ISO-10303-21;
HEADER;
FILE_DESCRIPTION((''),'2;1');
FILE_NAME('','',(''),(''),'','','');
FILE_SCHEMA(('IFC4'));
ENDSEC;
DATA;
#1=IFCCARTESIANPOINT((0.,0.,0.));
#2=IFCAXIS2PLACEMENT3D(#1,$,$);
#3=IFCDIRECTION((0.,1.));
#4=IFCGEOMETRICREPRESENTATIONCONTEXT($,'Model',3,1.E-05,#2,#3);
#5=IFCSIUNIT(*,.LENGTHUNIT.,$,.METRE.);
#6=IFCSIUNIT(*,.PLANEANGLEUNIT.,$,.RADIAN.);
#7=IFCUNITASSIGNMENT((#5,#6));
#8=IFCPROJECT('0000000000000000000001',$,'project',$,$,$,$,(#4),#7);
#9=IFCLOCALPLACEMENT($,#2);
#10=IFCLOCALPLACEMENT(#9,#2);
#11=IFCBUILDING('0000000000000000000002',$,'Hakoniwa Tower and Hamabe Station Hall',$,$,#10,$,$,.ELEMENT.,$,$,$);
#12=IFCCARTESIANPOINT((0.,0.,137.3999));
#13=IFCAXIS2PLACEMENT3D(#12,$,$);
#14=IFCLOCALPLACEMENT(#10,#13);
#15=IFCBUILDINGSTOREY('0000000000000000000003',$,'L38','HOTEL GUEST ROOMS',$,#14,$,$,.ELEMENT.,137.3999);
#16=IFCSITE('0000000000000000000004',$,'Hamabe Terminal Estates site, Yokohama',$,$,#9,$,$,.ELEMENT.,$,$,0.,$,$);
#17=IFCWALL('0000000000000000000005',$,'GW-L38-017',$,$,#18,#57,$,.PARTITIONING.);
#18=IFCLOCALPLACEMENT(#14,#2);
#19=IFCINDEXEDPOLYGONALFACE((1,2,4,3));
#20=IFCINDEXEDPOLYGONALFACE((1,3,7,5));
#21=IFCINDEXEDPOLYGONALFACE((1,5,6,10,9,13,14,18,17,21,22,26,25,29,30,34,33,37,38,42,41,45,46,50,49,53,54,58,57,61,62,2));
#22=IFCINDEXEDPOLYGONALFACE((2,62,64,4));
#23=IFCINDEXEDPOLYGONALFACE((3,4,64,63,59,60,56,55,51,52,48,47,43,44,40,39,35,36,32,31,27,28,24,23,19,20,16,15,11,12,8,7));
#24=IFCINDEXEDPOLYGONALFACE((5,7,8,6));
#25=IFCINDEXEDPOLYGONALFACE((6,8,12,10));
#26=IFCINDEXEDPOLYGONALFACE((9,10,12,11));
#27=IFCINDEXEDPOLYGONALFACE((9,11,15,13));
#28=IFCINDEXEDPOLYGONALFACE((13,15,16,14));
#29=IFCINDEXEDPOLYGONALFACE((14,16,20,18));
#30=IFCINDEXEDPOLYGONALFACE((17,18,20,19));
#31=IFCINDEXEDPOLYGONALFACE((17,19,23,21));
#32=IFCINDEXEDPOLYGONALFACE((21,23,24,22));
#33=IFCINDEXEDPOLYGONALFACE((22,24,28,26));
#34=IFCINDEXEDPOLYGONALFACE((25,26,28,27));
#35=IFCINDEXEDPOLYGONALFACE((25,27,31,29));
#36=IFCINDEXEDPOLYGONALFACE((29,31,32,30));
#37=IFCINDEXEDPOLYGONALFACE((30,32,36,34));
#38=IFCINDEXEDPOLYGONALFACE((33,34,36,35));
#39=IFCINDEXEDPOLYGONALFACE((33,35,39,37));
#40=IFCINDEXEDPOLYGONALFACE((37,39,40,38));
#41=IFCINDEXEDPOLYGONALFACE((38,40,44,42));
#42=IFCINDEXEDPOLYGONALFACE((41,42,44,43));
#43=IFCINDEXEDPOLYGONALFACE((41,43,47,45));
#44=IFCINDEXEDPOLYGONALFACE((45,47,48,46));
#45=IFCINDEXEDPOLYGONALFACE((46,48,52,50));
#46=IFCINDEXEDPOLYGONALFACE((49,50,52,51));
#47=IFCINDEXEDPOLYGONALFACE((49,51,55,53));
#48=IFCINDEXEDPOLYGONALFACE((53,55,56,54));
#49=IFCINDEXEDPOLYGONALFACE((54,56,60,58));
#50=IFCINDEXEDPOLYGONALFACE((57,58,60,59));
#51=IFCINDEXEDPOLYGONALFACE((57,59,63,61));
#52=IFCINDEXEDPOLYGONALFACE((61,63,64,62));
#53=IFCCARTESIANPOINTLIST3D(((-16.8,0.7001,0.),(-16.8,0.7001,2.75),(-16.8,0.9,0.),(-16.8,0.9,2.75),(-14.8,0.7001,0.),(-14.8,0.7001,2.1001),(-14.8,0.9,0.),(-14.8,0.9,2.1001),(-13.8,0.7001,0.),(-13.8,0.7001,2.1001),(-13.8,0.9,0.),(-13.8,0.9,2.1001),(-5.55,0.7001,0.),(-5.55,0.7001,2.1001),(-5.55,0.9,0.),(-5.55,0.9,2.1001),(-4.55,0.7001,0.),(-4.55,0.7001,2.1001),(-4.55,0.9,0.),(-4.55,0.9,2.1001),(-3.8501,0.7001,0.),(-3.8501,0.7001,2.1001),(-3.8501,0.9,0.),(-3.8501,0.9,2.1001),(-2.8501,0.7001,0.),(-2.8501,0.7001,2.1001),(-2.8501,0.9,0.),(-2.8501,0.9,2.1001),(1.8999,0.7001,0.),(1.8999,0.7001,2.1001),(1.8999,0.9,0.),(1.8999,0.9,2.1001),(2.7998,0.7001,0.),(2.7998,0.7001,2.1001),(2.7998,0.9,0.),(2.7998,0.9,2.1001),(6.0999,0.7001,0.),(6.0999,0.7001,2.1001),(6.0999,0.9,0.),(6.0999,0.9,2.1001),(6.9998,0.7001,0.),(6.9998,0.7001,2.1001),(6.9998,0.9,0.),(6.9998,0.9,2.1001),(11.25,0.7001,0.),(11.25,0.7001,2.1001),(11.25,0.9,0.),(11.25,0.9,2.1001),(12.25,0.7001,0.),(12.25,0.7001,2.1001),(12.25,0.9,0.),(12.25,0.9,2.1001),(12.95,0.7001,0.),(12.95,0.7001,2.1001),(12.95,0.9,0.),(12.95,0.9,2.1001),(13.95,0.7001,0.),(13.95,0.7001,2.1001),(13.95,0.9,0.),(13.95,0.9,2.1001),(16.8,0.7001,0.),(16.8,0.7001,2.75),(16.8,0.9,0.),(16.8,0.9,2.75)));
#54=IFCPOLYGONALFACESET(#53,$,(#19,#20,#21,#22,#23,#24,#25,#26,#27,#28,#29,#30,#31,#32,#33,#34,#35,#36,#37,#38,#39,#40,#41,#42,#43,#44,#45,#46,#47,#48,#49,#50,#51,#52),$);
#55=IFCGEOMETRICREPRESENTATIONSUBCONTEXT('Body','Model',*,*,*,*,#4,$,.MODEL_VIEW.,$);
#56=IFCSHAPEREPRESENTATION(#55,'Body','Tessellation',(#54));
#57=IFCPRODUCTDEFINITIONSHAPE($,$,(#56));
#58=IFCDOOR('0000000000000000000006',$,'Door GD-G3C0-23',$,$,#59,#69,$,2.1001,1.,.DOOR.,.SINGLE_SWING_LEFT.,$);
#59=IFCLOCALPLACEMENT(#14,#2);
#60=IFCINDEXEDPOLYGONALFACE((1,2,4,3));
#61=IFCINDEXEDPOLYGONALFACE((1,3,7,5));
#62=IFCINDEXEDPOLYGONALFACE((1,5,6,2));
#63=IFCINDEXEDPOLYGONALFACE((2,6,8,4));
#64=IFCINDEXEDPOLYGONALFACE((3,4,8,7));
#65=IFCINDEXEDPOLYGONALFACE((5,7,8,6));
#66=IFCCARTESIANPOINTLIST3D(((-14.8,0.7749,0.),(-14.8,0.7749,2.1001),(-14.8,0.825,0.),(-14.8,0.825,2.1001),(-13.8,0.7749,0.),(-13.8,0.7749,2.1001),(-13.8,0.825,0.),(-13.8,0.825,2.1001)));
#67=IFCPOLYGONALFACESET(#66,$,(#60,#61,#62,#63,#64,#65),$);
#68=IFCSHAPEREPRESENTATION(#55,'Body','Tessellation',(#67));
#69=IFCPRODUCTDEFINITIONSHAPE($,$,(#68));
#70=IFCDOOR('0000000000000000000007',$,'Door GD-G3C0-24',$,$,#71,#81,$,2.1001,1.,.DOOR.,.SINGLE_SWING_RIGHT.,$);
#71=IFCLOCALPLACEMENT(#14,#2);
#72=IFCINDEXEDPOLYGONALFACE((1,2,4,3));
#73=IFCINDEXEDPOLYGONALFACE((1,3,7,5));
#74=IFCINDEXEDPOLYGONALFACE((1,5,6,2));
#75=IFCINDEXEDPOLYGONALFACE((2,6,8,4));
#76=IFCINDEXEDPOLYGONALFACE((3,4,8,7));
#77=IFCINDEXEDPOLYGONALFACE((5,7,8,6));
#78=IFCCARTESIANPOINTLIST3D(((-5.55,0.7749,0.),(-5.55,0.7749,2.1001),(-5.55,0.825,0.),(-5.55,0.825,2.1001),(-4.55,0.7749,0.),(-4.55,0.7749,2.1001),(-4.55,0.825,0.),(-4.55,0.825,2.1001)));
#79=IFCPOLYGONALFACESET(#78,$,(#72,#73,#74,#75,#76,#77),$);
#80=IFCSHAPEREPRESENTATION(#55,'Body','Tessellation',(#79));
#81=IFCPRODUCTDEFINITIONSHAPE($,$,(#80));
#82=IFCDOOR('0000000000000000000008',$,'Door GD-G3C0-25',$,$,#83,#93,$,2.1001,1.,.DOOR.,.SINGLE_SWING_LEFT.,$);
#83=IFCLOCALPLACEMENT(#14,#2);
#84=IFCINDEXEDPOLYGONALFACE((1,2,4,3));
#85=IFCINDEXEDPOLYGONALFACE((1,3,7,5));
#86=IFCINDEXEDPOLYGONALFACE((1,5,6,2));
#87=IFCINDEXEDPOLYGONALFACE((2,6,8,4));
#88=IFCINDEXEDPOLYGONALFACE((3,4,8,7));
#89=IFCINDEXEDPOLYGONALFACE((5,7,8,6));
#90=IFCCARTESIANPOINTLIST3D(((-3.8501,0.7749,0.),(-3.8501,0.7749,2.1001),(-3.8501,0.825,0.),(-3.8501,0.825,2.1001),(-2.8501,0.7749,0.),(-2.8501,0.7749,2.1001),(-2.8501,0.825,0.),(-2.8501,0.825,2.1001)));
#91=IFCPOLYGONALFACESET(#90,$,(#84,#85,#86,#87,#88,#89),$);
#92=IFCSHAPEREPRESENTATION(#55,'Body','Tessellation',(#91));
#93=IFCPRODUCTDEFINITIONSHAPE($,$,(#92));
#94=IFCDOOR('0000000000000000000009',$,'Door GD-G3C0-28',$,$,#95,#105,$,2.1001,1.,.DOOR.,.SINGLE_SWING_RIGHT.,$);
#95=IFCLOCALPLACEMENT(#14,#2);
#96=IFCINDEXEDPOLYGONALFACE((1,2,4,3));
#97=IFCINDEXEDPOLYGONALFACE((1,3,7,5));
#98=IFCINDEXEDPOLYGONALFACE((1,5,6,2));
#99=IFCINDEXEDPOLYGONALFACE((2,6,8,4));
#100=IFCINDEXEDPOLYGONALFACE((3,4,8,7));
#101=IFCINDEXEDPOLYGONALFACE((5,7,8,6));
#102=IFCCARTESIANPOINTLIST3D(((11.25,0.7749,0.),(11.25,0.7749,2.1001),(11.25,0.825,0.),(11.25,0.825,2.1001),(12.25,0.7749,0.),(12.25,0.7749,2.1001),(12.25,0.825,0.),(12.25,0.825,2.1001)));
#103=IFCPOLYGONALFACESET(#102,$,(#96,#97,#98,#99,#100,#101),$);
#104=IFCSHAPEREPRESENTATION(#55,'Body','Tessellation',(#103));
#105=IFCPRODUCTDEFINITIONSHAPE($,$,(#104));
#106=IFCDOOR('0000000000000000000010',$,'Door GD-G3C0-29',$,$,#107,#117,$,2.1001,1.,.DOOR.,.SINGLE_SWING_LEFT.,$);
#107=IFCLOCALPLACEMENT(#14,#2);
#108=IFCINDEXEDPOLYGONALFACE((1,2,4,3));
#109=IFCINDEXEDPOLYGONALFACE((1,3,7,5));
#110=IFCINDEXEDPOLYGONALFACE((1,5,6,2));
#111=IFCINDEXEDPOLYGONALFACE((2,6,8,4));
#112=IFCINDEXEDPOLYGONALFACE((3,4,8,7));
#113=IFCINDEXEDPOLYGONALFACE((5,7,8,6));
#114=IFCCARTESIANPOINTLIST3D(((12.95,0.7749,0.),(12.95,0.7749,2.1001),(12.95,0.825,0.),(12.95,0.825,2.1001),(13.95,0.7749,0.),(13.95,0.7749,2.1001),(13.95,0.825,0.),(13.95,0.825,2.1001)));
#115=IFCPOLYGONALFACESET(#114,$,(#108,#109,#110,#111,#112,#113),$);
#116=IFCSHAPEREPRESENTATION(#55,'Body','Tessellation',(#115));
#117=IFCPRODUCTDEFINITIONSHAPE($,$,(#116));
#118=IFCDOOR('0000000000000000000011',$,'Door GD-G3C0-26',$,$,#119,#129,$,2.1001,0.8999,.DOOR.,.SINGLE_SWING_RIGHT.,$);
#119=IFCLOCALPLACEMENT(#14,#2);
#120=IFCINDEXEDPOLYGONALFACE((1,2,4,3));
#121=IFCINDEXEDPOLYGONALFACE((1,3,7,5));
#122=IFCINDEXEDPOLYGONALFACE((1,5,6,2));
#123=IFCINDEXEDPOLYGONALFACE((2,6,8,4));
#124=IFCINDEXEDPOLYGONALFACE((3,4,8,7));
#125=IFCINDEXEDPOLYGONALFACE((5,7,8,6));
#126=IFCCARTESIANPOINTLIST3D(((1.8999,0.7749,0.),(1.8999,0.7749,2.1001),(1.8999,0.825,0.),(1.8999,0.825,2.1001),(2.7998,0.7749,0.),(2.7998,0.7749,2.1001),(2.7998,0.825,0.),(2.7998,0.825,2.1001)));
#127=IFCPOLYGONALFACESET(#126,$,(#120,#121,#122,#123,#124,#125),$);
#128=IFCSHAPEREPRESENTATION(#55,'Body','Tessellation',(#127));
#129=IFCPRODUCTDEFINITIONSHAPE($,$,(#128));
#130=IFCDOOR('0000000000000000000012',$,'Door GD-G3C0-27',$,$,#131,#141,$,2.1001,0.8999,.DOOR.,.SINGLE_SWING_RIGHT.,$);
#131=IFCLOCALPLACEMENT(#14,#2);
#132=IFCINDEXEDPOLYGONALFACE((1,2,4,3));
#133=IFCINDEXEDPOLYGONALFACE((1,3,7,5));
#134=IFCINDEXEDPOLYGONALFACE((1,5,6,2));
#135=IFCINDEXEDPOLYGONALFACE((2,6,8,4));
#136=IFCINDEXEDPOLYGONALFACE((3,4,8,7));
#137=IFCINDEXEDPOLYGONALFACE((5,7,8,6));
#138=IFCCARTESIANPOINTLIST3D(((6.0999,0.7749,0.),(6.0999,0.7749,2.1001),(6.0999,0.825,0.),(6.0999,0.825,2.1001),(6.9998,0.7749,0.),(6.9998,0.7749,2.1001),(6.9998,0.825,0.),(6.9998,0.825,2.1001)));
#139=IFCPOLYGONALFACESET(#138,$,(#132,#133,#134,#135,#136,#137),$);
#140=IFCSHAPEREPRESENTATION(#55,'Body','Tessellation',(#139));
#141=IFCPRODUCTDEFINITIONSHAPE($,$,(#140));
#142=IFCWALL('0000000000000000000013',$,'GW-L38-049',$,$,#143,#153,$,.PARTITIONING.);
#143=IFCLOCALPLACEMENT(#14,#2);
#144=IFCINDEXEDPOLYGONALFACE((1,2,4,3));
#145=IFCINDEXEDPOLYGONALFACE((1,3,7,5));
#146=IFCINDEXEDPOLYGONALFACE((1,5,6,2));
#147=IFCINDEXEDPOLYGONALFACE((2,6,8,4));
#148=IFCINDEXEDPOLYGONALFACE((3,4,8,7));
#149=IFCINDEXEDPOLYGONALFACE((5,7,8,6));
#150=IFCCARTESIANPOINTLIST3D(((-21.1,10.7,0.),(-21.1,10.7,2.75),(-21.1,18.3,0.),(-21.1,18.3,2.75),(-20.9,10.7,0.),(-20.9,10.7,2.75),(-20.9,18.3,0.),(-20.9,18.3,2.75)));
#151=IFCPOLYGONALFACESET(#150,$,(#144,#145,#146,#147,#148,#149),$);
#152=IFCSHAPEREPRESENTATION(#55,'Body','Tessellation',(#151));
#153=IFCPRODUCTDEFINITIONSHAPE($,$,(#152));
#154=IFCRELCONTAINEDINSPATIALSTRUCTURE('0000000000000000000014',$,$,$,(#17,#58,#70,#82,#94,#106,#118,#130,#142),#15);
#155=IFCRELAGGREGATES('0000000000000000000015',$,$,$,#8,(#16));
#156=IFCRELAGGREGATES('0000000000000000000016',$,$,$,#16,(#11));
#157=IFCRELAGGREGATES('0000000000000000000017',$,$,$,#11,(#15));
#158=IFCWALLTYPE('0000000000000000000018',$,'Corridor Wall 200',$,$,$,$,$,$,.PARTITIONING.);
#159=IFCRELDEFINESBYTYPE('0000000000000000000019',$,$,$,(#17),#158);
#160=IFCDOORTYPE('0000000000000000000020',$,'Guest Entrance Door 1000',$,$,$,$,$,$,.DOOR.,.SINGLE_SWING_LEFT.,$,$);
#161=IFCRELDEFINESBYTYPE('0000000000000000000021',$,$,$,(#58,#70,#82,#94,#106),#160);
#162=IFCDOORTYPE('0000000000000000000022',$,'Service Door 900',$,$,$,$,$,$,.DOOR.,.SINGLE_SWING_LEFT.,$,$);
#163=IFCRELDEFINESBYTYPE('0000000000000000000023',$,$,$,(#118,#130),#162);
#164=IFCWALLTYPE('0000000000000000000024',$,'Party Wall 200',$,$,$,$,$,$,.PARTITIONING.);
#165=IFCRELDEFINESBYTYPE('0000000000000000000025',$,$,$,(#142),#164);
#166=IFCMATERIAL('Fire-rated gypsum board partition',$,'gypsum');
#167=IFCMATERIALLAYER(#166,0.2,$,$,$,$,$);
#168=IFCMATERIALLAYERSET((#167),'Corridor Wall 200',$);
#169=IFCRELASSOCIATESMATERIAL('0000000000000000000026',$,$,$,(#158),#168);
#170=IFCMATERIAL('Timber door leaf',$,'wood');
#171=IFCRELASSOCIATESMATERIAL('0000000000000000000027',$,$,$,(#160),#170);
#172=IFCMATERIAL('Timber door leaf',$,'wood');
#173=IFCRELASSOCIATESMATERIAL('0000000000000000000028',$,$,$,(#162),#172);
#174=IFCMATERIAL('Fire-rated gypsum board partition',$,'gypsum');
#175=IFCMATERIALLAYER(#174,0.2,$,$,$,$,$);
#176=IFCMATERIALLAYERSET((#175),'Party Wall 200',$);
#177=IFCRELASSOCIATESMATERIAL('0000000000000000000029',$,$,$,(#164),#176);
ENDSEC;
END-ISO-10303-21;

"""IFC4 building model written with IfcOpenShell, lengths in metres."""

from ifc_helpers import new_model, si_unit, direction, frame, frame_2d, origin, place, context, subcontext, project, spatial, rectangle, extrude, material, layer, layer_set, type_object, element, fill, save


model = new_model("IFC4")

# Units and contexts
model_context = context("Model", 3, precision=1e-05, world=origin(), true_north=direction((0.0, 1.0)))
body_context = subcontext(model_context, "Body", "Model", "MODEL_VIEW")
ifc_project = project(units=[si_unit("LENGTHUNIT", "METRE"), si_unit("PLANEANGLEUNIT", "RADIAN")], contexts=[model_context])

# Site, building, storey
site_placement = place(None, origin())
site = spatial("IfcSite", under=ifc_project, at=site_placement, Name="Hamabe Terminal Estates site, Yokohama", CompositionType="ELEMENT", RefElevation=0.0)
building_placement = place(site_placement, origin())
building = spatial("IfcBuilding", under=site, at=building_placement, Name="Hakoniwa Tower and Hamabe Station Hall", CompositionType="ELEMENT")
storey_placement = place(building_placement, frame((0.0, 0.0, 137.3999)))
storey = spatial("IfcBuildingStorey", under=building, at=storey_placement, Name="L38", Description="HOTEL GUEST ROOMS", CompositionType="ELEMENT", Elevation=137.3999)

# Wall, openings, doors
ifc_material_1 = material(Name="Fire-rated gypsum board partition", Category="gypsum")
ifc_layer_1 = layer(ifc_material_1, 0.2)
ifc_layer_set_1 = layer_set([ifc_layer_1], Name="Corridor Wall 200")
wall_type_1 = type_object("IfcWallType", Name="Corridor Wall 200", PredefinedType="PARTITIONING", material=ifc_layer_set_1)
wall_1_placement = place(storey_placement, frame((-16.8, 0.8, 0.0), z_axis=(0.0, 0.0, 1.0), x_axis=(1.0, 0.0, 0.0)))
wall_1 = element("IfcWall", 1, at=wall_1_placement, inside=storey, type_object=wall_type_1, Name="GW-L38-017", PredefinedType="PARTITIONING", context=body_context, shape_type="SweptSolid", body=[
    extrude(rectangle(XDim=33.6001, YDim=0.2, at=frame_2d((16.8, 0.0))), origin(), (0.0, 0.0, 1.0), 2.75),
])
opening_1_placement = place(wall_1_placement, frame((2.0, 0.0, 0.0)))
opening_1 = element("IfcOpeningElement", 2, at=opening_1_placement, cuts=wall_1, PredefinedType="OPENING", context=body_context, shape_type="SweptSolid", body=[
    extrude(rectangle(XDim=1.0, YDim=2.1001, at=frame_2d((0.5, 1.05))), frame((0.0, 0.1099, 0.0), z_axis=(0.0, -1.0, 0.0), x_axis=(1.0, 0.0, 0.0)), (0.0, 0.0, 1.0), 0.22),
])
opening_2_placement = place(wall_1_placement, frame((11.25, 0.0, 0.0)))
opening_2 = element("IfcOpeningElement", 3, at=opening_2_placement, cuts=wall_1, PredefinedType="OPENING", context=body_context, shape_type="SweptSolid", body=[
    extrude(rectangle(XDim=1.0, YDim=2.1001, at=frame_2d((0.5, 1.05))), frame((0.0, 0.1099, 0.0), z_axis=(0.0, -1.0, 0.0), x_axis=(1.0, 0.0, 0.0)), (0.0, 0.0, 1.0), 0.22),
])
opening_3_placement = place(wall_1_placement, frame((12.95, 0.0, 0.0)))
opening_3 = element("IfcOpeningElement", 4, at=opening_3_placement, cuts=wall_1, PredefinedType="OPENING", context=body_context, shape_type="SweptSolid", body=[
    extrude(rectangle(XDim=1.0, YDim=2.1001, at=frame_2d((0.5, 1.05))), frame((0.0, 0.1099, 0.0), z_axis=(0.0, -1.0, 0.0), x_axis=(1.0, 0.0, 0.0)), (0.0, 0.0, 1.0), 0.22),
])
opening_4_placement = place(wall_1_placement, frame((18.7, 0.0, 0.0)))
opening_4 = element("IfcOpeningElement", 5, at=opening_4_placement, cuts=wall_1, PredefinedType="OPENING", context=body_context, shape_type="SweptSolid", body=[
    extrude(rectangle(XDim=0.8999, YDim=2.1001, at=frame_2d((0.45, 1.05))), frame((0.0, 0.1099, 0.0), z_axis=(0.0, -1.0, 0.0), x_axis=(1.0, 0.0, 0.0)), (0.0, 0.0, 1.0), 0.22),
])
opening_5_placement = place(wall_1_placement, frame((22.8999, 0.0, 0.0)))
opening_5 = element("IfcOpeningElement", 6, at=opening_5_placement, cuts=wall_1, PredefinedType="OPENING", context=body_context, shape_type="SweptSolid", body=[
    extrude(rectangle(XDim=0.8999, YDim=2.1001, at=frame_2d((0.45, 1.05))), frame((0.0, 0.1099, 0.0), z_axis=(0.0, -1.0, 0.0), x_axis=(1.0, 0.0, 0.0)), (0.0, 0.0, 1.0), 0.22),
])
opening_6_placement = place(wall_1_placement, frame((28.05, 0.0, 0.0)))
opening_6 = element("IfcOpeningElement", 7, at=opening_6_placement, cuts=wall_1, PredefinedType="OPENING", context=body_context, shape_type="SweptSolid", body=[
    extrude(rectangle(XDim=1.0, YDim=2.1001, at=frame_2d((0.5, 1.05))), frame((0.0, 0.1099, 0.0), z_axis=(0.0, -1.0, 0.0), x_axis=(1.0, 0.0, 0.0)), (0.0, 0.0, 1.0), 0.22),
])
opening_7_placement = place(wall_1_placement, frame((29.75, 0.0, 0.0)))
opening_7 = element("IfcOpeningElement", 8, at=opening_7_placement, cuts=wall_1, PredefinedType="OPENING", context=body_context, shape_type="SweptSolid", body=[
    extrude(rectangle(XDim=1.0, YDim=2.1001, at=frame_2d((0.5, 1.05))), frame((0.0, 0.1099, 0.0), z_axis=(0.0, -1.0, 0.0), x_axis=(1.0, 0.0, 0.0)), (0.0, 0.0, 1.0), 0.22),
])
ifc_material_2 = material(Name="Timber door leaf", Category="wood")
door_type_1 = type_object("IfcDoorType", Name="Guest Entrance Door 1000", OperationType="SINGLE_SWING_LEFT", PredefinedType="DOOR", material=ifc_material_2)
door_1_placement = place(opening_1_placement, origin())
door_1 = element("IfcDoor", 9, at=door_1_placement, inside=storey, type_object=door_type_1, Name="Door GD-G3C0-23", OperationType="SINGLE_SWING_LEFT", OverallHeight=2.1001, OverallWidth=1.0, PredefinedType="DOOR", context=body_context, shape_type="SweptSolid", body=[
    extrude(rectangle(XDim=1.0, YDim=2.1001, at=frame_2d((0.5, 1.05))), frame((0.0, 0.0249, 0.0), z_axis=(0.0, -1.0, 0.0), x_axis=(1.0, 0.0, 0.0)), (0.0, 0.0, 1.0), 0.05),
])
fill(opening_1, door_1)
door_2_placement = place(opening_2_placement, origin())
door_2 = element("IfcDoor", 10, at=door_2_placement, inside=storey, type_object=door_type_1, Name="Door GD-G3C0-24", OperationType="SINGLE_SWING_RIGHT", OverallHeight=2.1001, OverallWidth=1.0, PredefinedType="DOOR", context=body_context, shape_type="SweptSolid", body=[
    extrude(rectangle(XDim=1.0, YDim=2.1001, at=frame_2d((0.5, 1.05))), frame((0.0, 0.0249, 0.0), z_axis=(0.0, -1.0, 0.0), x_axis=(1.0, 0.0, 0.0)), (0.0, 0.0, 1.0), 0.05),
])
fill(opening_2, door_2)
door_3_placement = place(opening_3_placement, origin())
door_3 = element("IfcDoor", 11, at=door_3_placement, inside=storey, type_object=door_type_1, Name="Door GD-G3C0-25", OperationType="SINGLE_SWING_LEFT", OverallHeight=2.1001, OverallWidth=1.0, PredefinedType="DOOR", context=body_context, shape_type="SweptSolid", body=[
    extrude(rectangle(XDim=1.0, YDim=2.1001, at=frame_2d((0.5, 1.05))), frame((0.0, 0.0249, 0.0), z_axis=(0.0, -1.0, 0.0), x_axis=(1.0, 0.0, 0.0)), (0.0, 0.0, 1.0), 0.05),
])
fill(opening_3, door_3)
door_4_placement = place(opening_6_placement, origin())
door_4 = element("IfcDoor", 12, at=door_4_placement, inside=storey, type_object=door_type_1, Name="Door GD-G3C0-28", OperationType="SINGLE_SWING_RIGHT", OverallHeight=2.1001, OverallWidth=1.0, PredefinedType="DOOR", context=body_context, shape_type="SweptSolid", body=[
    extrude(rectangle(XDim=1.0, YDim=2.1001, at=frame_2d((0.5, 1.05))), frame((0.0, 0.0249, 0.0), z_axis=(0.0, -1.0, 0.0), x_axis=(1.0, 0.0, 0.0)), (0.0, 0.0, 1.0), 0.05),
])
fill(opening_6, door_4)
door_5_placement = place(opening_7_placement, origin())
door_5 = element("IfcDoor", 13, at=door_5_placement, inside=storey, type_object=door_type_1, Name="Door GD-G3C0-29", OperationType="SINGLE_SWING_LEFT", OverallHeight=2.1001, OverallWidth=1.0, PredefinedType="DOOR", context=body_context, shape_type="SweptSolid", body=[
    extrude(rectangle(XDim=1.0, YDim=2.1001, at=frame_2d((0.5, 1.05))), frame((0.0, 0.0249, 0.0), z_axis=(0.0, -1.0, 0.0), x_axis=(1.0, 0.0, 0.0)), (0.0, 0.0, 1.0), 0.05),
])
fill(opening_7, door_5)
ifc_material_3 = material(Name="Timber door leaf", Category="wood")
door_type_2 = type_object("IfcDoorType", Name="Service Door 900", OperationType="SINGLE_SWING_LEFT", PredefinedType="DOOR", material=ifc_material_3)
door_6_placement = place(opening_4_placement, origin())
door_6 = element("IfcDoor", 14, at=door_6_placement, inside=storey, type_object=door_type_2, Name="Door GD-G3C0-26", OperationType="SINGLE_SWING_RIGHT", OverallHeight=2.1001, OverallWidth=0.8999, PredefinedType="DOOR", context=body_context, shape_type="SweptSolid", body=[
    extrude(rectangle(XDim=0.8999, YDim=2.1001, at=frame_2d((0.45, 1.05))), frame((0.0, 0.0249, 0.0), z_axis=(0.0, -1.0, 0.0), x_axis=(1.0, 0.0, 0.0)), (0.0, 0.0, 1.0), 0.05),
])
fill(opening_4, door_6)
door_7_placement = place(opening_5_placement, origin())
door_7 = element("IfcDoor", 15, at=door_7_placement, inside=storey, type_object=door_type_2, Name="Door GD-G3C0-27", OperationType="SINGLE_SWING_RIGHT", OverallHeight=2.1001, OverallWidth=0.8999, PredefinedType="DOOR", context=body_context, shape_type="SweptSolid", body=[
    extrude(rectangle(XDim=0.8999, YDim=2.1001, at=frame_2d((0.45, 1.05))), frame((0.0, 0.0249, 0.0), z_axis=(0.0, -1.0, 0.0), x_axis=(1.0, 0.0, 0.0)), (0.0, 0.0, 1.0), 0.05),
])
fill(opening_5, door_7)

# Wall
ifc_material_4 = material(Name="Fire-rated gypsum board partition", Category="gypsum")
ifc_layer_2 = layer(ifc_material_4, 0.2)
ifc_layer_set_2 = layer_set([ifc_layer_2], Name="Party Wall 200")
wall_type_2 = type_object("IfcWallType", Name="Party Wall 200", PredefinedType="PARTITIONING", material=ifc_layer_set_2)
wall_2_placement = place(storey_placement, frame((-21.0, 10.7, 0.0), z_axis=(0.0, 0.0, 1.0), x_axis=(0.0, 1.0, 0.0)))
element("IfcWall", 16, at=wall_2_placement, inside=storey, type_object=wall_type_2, Name="GW-L38-049", PredefinedType="PARTITIONING", context=body_context, shape_type="SweptSolid", body=[
    extrude(rectangle(XDim=7.6001, YDim=0.2, at=frame_2d((3.8, 0.0))), origin(), (0.0, 0.0, 1.0), 2.75),
])

save(model, "model.ifc")
